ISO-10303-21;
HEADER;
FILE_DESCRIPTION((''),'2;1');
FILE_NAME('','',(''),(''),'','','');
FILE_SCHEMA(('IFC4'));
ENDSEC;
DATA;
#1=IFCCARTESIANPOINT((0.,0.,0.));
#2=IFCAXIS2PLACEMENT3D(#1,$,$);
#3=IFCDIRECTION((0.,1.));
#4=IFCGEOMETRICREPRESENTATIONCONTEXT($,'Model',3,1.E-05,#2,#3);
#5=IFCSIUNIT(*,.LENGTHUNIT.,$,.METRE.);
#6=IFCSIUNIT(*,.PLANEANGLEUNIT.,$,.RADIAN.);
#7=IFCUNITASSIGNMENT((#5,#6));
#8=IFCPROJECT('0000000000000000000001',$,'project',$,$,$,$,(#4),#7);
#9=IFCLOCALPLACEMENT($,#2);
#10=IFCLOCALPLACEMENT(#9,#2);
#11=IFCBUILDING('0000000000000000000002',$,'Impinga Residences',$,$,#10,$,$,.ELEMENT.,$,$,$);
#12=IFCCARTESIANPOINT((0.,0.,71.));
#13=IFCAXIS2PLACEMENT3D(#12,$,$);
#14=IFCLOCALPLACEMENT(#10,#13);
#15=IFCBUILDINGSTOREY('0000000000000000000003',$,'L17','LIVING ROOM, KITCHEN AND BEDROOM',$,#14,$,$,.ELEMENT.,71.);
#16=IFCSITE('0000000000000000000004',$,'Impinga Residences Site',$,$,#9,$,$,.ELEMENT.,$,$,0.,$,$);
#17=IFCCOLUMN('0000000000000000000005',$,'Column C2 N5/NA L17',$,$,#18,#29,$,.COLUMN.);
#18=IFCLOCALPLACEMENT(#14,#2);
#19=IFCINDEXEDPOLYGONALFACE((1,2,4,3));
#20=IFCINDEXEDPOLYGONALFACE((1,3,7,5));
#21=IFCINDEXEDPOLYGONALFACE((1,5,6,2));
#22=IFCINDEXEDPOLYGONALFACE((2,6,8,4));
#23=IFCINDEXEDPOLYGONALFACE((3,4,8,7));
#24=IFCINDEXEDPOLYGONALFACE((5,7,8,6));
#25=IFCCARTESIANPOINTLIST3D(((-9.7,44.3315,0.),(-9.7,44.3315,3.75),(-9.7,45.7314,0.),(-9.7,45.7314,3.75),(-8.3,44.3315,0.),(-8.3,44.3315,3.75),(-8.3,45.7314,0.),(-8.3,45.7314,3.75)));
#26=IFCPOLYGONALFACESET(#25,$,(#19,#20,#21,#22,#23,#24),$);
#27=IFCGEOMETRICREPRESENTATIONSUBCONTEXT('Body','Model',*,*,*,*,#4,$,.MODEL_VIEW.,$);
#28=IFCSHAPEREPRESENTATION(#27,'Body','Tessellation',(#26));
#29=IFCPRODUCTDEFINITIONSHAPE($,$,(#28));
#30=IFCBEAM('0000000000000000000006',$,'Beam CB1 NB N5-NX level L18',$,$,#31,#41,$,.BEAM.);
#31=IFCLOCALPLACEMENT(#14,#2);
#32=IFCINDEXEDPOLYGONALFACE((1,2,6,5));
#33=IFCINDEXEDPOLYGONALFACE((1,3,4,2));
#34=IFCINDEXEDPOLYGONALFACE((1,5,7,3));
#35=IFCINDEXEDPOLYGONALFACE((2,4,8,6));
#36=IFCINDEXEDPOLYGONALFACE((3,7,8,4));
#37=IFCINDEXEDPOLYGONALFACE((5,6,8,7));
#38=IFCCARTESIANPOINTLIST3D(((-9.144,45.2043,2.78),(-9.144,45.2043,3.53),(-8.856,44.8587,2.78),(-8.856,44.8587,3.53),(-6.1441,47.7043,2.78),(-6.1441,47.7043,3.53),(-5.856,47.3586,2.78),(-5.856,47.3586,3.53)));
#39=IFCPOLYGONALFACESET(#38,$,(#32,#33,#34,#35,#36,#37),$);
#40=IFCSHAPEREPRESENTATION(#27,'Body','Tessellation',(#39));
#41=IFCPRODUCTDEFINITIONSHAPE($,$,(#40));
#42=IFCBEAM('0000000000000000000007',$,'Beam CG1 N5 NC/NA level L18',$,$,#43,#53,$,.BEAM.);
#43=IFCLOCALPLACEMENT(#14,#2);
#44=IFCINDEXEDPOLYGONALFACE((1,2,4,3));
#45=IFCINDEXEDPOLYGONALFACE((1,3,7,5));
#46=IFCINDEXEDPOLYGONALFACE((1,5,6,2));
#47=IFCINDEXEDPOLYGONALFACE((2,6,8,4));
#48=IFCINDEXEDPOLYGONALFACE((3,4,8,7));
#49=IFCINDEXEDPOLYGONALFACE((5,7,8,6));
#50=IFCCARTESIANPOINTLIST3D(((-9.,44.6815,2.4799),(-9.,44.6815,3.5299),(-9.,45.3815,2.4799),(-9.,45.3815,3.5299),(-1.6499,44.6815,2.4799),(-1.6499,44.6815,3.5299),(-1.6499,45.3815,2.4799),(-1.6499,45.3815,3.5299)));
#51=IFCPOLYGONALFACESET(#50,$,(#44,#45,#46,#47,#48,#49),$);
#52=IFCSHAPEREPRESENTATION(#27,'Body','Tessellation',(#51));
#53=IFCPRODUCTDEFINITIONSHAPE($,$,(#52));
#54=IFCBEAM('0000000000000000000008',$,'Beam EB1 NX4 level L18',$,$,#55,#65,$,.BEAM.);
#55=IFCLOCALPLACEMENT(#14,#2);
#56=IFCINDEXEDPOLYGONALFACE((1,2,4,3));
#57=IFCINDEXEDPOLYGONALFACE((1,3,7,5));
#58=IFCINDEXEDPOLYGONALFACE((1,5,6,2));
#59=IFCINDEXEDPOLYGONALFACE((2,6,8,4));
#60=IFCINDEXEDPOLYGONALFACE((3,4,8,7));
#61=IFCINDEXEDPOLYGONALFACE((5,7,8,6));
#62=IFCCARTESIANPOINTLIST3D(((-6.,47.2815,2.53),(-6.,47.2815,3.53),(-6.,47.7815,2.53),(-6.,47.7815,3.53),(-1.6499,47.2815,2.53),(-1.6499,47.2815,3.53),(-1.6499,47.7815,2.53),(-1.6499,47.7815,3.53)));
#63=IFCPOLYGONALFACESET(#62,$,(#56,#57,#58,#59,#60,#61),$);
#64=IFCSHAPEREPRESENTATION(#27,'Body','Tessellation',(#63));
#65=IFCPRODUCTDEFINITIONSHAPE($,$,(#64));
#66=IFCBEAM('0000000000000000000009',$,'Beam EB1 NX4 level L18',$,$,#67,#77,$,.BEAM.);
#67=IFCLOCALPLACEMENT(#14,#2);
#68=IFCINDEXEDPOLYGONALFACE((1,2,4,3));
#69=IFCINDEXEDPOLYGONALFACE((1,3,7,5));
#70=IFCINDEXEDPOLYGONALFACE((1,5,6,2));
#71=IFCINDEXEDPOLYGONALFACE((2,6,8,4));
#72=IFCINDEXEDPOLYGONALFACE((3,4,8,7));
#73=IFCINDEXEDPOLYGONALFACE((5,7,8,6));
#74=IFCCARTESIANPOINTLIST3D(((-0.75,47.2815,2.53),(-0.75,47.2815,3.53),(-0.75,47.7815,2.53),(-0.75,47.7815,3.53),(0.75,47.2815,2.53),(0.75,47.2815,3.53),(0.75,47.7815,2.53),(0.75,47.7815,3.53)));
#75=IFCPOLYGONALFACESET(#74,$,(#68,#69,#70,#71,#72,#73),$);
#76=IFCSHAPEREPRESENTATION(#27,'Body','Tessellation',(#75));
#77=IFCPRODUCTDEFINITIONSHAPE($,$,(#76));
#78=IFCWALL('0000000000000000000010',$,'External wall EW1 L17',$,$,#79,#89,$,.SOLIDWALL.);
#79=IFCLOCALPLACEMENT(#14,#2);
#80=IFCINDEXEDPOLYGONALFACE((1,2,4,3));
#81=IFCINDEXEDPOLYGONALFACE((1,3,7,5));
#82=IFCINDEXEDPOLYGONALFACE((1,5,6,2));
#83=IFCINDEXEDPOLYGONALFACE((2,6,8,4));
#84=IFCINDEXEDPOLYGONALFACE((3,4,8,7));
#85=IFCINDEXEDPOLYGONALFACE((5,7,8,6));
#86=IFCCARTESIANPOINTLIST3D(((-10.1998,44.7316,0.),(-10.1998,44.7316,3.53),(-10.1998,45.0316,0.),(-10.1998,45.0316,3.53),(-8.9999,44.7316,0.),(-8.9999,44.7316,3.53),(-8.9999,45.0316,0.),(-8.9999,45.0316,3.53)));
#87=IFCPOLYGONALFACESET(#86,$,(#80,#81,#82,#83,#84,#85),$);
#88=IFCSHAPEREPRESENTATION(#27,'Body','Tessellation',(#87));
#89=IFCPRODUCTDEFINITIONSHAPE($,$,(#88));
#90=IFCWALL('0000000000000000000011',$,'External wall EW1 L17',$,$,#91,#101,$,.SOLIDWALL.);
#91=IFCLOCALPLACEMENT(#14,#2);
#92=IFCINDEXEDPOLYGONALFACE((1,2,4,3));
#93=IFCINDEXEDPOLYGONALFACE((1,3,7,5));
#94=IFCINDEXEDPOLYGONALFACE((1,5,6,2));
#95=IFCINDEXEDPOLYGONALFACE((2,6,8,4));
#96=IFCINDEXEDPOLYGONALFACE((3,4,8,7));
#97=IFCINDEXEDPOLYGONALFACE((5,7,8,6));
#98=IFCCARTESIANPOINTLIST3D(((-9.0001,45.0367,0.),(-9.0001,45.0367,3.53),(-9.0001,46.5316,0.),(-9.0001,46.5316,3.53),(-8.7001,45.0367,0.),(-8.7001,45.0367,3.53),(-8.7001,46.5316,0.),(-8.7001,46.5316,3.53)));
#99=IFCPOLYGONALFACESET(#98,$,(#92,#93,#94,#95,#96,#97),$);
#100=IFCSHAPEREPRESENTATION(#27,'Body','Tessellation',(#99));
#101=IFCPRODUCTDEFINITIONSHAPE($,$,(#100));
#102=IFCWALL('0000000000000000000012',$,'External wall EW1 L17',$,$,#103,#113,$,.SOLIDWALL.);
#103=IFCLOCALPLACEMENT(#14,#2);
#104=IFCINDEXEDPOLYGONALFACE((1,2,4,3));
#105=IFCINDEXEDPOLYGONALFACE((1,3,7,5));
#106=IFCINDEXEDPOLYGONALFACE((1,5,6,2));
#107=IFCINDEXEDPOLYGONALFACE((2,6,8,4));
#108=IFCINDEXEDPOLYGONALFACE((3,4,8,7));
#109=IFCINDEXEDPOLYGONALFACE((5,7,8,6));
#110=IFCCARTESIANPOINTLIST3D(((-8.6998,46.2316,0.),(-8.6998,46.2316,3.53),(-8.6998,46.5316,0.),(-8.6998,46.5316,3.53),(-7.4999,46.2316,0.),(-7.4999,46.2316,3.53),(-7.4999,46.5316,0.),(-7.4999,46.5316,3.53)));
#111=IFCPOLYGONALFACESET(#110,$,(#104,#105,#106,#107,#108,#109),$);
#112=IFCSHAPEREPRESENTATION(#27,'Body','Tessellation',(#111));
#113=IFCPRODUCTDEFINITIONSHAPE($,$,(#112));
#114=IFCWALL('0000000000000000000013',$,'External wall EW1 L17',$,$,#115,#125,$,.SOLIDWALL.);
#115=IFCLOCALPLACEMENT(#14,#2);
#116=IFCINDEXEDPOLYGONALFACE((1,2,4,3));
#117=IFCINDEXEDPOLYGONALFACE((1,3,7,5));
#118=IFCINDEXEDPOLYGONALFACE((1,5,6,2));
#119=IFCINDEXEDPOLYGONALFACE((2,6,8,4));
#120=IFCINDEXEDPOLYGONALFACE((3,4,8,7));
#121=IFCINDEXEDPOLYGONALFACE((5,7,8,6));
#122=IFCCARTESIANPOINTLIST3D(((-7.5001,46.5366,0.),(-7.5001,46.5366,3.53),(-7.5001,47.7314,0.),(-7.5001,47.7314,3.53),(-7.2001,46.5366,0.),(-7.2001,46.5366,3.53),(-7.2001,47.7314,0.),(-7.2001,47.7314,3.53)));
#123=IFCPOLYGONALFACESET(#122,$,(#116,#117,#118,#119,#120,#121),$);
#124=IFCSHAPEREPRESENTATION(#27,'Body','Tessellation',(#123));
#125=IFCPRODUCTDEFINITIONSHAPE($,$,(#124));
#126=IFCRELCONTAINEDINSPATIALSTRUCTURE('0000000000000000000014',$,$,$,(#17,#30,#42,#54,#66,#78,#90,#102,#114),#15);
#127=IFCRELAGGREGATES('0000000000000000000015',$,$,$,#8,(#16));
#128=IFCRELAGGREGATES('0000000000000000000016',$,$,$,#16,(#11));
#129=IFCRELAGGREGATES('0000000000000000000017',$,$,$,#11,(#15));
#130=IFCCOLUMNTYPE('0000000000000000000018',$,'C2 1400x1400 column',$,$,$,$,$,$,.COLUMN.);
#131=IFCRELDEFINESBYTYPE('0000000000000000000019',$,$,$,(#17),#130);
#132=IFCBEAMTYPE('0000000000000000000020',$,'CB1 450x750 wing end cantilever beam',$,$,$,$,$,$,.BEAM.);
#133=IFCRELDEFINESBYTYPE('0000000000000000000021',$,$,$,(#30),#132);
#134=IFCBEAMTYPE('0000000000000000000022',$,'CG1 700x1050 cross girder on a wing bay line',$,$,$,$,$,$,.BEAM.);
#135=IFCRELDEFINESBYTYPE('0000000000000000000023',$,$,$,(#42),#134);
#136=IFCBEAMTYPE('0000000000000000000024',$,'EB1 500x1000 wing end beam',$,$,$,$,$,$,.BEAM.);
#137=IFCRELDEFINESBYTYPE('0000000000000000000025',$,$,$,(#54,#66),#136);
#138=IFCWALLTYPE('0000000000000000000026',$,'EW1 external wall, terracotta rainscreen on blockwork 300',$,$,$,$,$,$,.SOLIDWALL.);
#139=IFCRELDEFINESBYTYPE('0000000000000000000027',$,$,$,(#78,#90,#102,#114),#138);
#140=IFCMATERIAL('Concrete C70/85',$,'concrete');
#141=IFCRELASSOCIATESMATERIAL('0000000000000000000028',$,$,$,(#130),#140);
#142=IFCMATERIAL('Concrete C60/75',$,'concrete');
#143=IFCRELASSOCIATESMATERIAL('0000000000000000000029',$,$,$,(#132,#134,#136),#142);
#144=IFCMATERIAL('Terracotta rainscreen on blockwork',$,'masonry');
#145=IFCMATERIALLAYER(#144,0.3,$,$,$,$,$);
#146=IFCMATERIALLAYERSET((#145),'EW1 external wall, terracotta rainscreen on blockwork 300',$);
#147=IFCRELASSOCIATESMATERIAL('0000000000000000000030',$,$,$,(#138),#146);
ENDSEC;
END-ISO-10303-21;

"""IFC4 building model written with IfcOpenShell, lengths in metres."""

from ifc_helpers import new_model, si_unit, direction, frame, frame_2d, origin, origin_2d, place, context, subcontext, project, spatial, rectangle, extrude, material, layer, layer_set, material_profile, profile_set, type_object, element, save


model = new_model("IFC4")

# Units and contexts
model_context = context("Model", 3, precision=1e-05, world=origin(), true_north=direction((0.0, 1.0)))
body_context = subcontext(model_context, "Body", "Model", "MODEL_VIEW")
ifc_project = project(units=[si_unit("LENGTHUNIT", "METRE"), si_unit("PLANEANGLEUNIT", "RADIAN")], contexts=[model_context])

# Site, building, storey
site_placement = place(None, origin())
site = spatial("IfcSite", under=ifc_project, at=site_placement, Name="Impinga Residences Site", CompositionType="ELEMENT", RefElevation=0.0)
building_placement = place(site_placement, origin())
building = spatial("IfcBuilding", under=site, at=building_placement, Name="Impinga Residences", CompositionType="ELEMENT")
storey_placement = place(building_placement, frame((0.0, 0.0, 71.0)))
storey = spatial("IfcBuildingStorey", under=building, at=storey_placement, Name="L17", Description="LIVING ROOM, KITCHEN AND BEDROOM", CompositionType="ELEMENT", Elevation=71.0)

# Column
ifc_material_1 = material(Name="Concrete C70/85", Category="concrete")
ifc_material_profile_1 = material_profile(ifc_material_1, rectangle(XDim=1.3999, YDim=1.3999, at=origin_2d()), Name="RC 1400x1400")
ifc_profile_set_1 = profile_set([ifc_material_profile_1], Name="Concrete C70/85")
column_type = type_object("IfcColumnType", Name="C2 1400x1400 column", PredefinedType="COLUMN", material=ifc_profile_set_1)
column_placement = place(storey_placement, frame((-9.0, 45.0315, 0.0), z_axis=(0.0, 0.0, 1.0), x_axis=(1.0, 0.0, 0.0)))
element("IfcColumn", 1, at=column_placement, inside=storey, type_object=column_type, Name="Column C2 N5/NA L17", PredefinedType="COLUMN", context=body_context, shape_type="SweptSolid", body=[
    extrude(rectangle(XDim=1.3999, YDim=1.3999, at=origin_2d()), origin(), (0.0, 0.0, 1.0), 3.75),
])

# Beams
ifc_material_2 = material(Name="Concrete C60/75", Category="concrete")
ifc_material_profile_2 = material_profile(ifc_material_2, rectangle(XDim=0.45, YDim=0.75, at=origin_2d()), Name="RC 450x750")
ifc_profile_set_2 = profile_set([ifc_material_profile_2], Name="Concrete C60/75")
beam_type_1 = type_object("IfcBeamType", Name="CB1 450x750 wing end cantilever beam", PredefinedType="BEAM", material=ifc_profile_set_2)
beam_1_placement = place(storey_placement, frame((-9.0, 45.0315, 3.155), z_axis=(0.768221, 0.640184, 0.0), x_axis=(-0.640184, 0.768221, 0.0)))
element("IfcBeam", 2, at=beam_1_placement, inside=storey, type_object=beam_type_1, Name="Beam CB1 NB N5-NX level L18", PredefinedType="BEAM", context=body_context, shape_type="SweptSolid", body=[
    extrude(rectangle(XDim=0.45, YDim=0.75, at=origin_2d()), origin(), (0.0, 0.0, 1.0), 3.905),
])
ifc_material_profile_3 = material_profile(ifc_material_2, rectangle(XDim=0.7, YDim=1.05, at=origin_2d()), Name="RC 700x1050")
ifc_profile_set_3 = profile_set([ifc_material_profile_3], Name="Concrete C60/75")
beam_type_2 = type_object("IfcBeamType", Name="CG1 700x1050 cross girder on a wing bay line", PredefinedType="BEAM", material=ifc_profile_set_3)
beam_2_placement = place(storey_placement, frame((-1.6499, 45.0315, 3.0049), z_axis=(-1.0, 0.0, 0.0), x_axis=(0.0, -1.0, 0.0)))
element("IfcBeam", 3, at=beam_2_placement, inside=storey, type_object=beam_type_2, Name="Beam CG1 N5 NC/NA level L18", PredefinedType="BEAM", context=body_context, shape_type="SweptSolid", body=[
    extrude(rectangle(XDim=0.7, YDim=1.05, at=origin_2d()), origin(), (0.0, 0.0, 1.0), 7.3501),
])
ifc_material_profile_4 = material_profile(ifc_material_2, rectangle(XDim=0.5, YDim=1.0, at=origin_2d()), Name="RC 500x1000")
ifc_profile_set_4 = profile_set([ifc_material_profile_4], Name="Concrete C60/75")
beam_type_3 = type_object("IfcBeamType", Name="EB1 500x1000 wing end beam", PredefinedType="BEAM", material=ifc_profile_set_4)
beam_3_placement = place(storey_placement, frame((-6.0, 47.5315, 3.03), z_axis=(1.0, 0.0, 0.0), x_axis=(0.0, 1.0, 0.0)))
element("IfcBeam", 4, at=beam_3_placement, inside=storey, type_object=beam_type_3, Name="Beam EB1 NX4 level L18", PredefinedType="BEAM", context=body_context, shape_type="SweptSolid", body=[
    extrude(rectangle(XDim=0.5, YDim=1.0, at=origin_2d()), origin(), (0.0, 0.0, 1.0), 4.3501),
])
beam_4_placement = place(storey_placement, frame((-0.75, 47.5315, 3.03), z_axis=(1.0, 0.0, 0.0), x_axis=(0.0, 1.0, 0.0)))
element("IfcBeam", 5, at=beam_4_placement, inside=storey, type_object=beam_type_3, Name="Beam EB1 NX4 level L18", PredefinedType="BEAM", context=body_context, shape_type="SweptSolid", body=[
    extrude(rectangle(XDim=0.5, YDim=1.0, at=origin_2d()), origin(), (0.0, 0.0, 1.0), 1.5),
])

# Walls
ifc_material_3 = material(Name="Terracotta rainscreen on blockwork", Category="masonry")
ifc_layer_1 = layer(ifc_material_3, 0.3)
ifc_layer_set_1 = layer_set([ifc_layer_1], Name="EW1 external wall, terracotta rainscreen on blockwork 300")
wall_type_1 = type_object("IfcWallType", Name="EW1 external wall, terracotta rainscreen on blockwork 300", PredefinedType="SOLIDWALL", material=ifc_layer_set_1)
wall_1_placement = place(storey_placement, frame((-10.2, 44.8816, 0.0), z_axis=(0.0, 0.0, 1.0), x_axis=(1.0, 0.0, 0.0)))
element("IfcWall", 6, at=wall_1_placement, inside=storey, type_object=wall_type_1, Name="External wall EW1 L17", PredefinedType="SOLIDWALL", context=body_context, shape_type="SweptSolid", body=[
    extrude(rectangle(XDim=1.2, YDim=0.3, at=frame_2d((0.6001, 0.0))), origin(), (0.0, 0.0, 1.0), 3.53),
])
wall_2_placement = place(storey_placement, frame((-8.8501, 45.0366, 0.0), z_axis=(0.0, 0.0, 1.0), x_axis=(0.0, 1.0, 0.0)))
element("IfcWall", 7, at=wall_2_placement, inside=storey, type_object=wall_type_1, Name="External wall EW1 L17", PredefinedType="SOLIDWALL", context=body_context, shape_type="SweptSolid", body=[
    extrude(rectangle(XDim=1.4949, YDim=0.3, at=frame_2d((0.7476, 0.0))), origin(), (0.0, 0.0, 1.0), 3.53),
])
wall_3_placement = place(storey_placement, frame((-8.7, 46.3816, 0.0), z_axis=(0.0, 0.0, 1.0), x_axis=(1.0, 0.0, 0.0)))
element("IfcWall", 8, at=wall_3_placement, inside=storey, type_object=wall_type_1, Name="External wall EW1 L17", PredefinedType="SOLIDWALL", context=body_context, shape_type="SweptSolid", body=[
    extrude(rectangle(XDim=1.2, YDim=0.3, at=frame_2d((0.6001, 0.0))), origin(), (0.0, 0.0, 1.0), 3.53),
])
wall_4_placement = place(storey_placement, frame((-7.3501, 46.5366, 0.0), z_axis=(0.0, 0.0, 1.0), x_axis=(0.0, 1.0, 0.0)))
element("IfcWall", 9, at=wall_4_placement, inside=storey, type_object=wall_type_1, Name="External wall EW1 L17", PredefinedType="SOLIDWALL", context=body_context, shape_type="SweptSolid", body=[
    extrude(rectangle(XDim=1.1948, YDim=0.3, at=frame_2d((0.5974, 0.0))), origin(), (0.0, 0.0, 1.0), 3.53),
])

save(model, "model.ifc")
